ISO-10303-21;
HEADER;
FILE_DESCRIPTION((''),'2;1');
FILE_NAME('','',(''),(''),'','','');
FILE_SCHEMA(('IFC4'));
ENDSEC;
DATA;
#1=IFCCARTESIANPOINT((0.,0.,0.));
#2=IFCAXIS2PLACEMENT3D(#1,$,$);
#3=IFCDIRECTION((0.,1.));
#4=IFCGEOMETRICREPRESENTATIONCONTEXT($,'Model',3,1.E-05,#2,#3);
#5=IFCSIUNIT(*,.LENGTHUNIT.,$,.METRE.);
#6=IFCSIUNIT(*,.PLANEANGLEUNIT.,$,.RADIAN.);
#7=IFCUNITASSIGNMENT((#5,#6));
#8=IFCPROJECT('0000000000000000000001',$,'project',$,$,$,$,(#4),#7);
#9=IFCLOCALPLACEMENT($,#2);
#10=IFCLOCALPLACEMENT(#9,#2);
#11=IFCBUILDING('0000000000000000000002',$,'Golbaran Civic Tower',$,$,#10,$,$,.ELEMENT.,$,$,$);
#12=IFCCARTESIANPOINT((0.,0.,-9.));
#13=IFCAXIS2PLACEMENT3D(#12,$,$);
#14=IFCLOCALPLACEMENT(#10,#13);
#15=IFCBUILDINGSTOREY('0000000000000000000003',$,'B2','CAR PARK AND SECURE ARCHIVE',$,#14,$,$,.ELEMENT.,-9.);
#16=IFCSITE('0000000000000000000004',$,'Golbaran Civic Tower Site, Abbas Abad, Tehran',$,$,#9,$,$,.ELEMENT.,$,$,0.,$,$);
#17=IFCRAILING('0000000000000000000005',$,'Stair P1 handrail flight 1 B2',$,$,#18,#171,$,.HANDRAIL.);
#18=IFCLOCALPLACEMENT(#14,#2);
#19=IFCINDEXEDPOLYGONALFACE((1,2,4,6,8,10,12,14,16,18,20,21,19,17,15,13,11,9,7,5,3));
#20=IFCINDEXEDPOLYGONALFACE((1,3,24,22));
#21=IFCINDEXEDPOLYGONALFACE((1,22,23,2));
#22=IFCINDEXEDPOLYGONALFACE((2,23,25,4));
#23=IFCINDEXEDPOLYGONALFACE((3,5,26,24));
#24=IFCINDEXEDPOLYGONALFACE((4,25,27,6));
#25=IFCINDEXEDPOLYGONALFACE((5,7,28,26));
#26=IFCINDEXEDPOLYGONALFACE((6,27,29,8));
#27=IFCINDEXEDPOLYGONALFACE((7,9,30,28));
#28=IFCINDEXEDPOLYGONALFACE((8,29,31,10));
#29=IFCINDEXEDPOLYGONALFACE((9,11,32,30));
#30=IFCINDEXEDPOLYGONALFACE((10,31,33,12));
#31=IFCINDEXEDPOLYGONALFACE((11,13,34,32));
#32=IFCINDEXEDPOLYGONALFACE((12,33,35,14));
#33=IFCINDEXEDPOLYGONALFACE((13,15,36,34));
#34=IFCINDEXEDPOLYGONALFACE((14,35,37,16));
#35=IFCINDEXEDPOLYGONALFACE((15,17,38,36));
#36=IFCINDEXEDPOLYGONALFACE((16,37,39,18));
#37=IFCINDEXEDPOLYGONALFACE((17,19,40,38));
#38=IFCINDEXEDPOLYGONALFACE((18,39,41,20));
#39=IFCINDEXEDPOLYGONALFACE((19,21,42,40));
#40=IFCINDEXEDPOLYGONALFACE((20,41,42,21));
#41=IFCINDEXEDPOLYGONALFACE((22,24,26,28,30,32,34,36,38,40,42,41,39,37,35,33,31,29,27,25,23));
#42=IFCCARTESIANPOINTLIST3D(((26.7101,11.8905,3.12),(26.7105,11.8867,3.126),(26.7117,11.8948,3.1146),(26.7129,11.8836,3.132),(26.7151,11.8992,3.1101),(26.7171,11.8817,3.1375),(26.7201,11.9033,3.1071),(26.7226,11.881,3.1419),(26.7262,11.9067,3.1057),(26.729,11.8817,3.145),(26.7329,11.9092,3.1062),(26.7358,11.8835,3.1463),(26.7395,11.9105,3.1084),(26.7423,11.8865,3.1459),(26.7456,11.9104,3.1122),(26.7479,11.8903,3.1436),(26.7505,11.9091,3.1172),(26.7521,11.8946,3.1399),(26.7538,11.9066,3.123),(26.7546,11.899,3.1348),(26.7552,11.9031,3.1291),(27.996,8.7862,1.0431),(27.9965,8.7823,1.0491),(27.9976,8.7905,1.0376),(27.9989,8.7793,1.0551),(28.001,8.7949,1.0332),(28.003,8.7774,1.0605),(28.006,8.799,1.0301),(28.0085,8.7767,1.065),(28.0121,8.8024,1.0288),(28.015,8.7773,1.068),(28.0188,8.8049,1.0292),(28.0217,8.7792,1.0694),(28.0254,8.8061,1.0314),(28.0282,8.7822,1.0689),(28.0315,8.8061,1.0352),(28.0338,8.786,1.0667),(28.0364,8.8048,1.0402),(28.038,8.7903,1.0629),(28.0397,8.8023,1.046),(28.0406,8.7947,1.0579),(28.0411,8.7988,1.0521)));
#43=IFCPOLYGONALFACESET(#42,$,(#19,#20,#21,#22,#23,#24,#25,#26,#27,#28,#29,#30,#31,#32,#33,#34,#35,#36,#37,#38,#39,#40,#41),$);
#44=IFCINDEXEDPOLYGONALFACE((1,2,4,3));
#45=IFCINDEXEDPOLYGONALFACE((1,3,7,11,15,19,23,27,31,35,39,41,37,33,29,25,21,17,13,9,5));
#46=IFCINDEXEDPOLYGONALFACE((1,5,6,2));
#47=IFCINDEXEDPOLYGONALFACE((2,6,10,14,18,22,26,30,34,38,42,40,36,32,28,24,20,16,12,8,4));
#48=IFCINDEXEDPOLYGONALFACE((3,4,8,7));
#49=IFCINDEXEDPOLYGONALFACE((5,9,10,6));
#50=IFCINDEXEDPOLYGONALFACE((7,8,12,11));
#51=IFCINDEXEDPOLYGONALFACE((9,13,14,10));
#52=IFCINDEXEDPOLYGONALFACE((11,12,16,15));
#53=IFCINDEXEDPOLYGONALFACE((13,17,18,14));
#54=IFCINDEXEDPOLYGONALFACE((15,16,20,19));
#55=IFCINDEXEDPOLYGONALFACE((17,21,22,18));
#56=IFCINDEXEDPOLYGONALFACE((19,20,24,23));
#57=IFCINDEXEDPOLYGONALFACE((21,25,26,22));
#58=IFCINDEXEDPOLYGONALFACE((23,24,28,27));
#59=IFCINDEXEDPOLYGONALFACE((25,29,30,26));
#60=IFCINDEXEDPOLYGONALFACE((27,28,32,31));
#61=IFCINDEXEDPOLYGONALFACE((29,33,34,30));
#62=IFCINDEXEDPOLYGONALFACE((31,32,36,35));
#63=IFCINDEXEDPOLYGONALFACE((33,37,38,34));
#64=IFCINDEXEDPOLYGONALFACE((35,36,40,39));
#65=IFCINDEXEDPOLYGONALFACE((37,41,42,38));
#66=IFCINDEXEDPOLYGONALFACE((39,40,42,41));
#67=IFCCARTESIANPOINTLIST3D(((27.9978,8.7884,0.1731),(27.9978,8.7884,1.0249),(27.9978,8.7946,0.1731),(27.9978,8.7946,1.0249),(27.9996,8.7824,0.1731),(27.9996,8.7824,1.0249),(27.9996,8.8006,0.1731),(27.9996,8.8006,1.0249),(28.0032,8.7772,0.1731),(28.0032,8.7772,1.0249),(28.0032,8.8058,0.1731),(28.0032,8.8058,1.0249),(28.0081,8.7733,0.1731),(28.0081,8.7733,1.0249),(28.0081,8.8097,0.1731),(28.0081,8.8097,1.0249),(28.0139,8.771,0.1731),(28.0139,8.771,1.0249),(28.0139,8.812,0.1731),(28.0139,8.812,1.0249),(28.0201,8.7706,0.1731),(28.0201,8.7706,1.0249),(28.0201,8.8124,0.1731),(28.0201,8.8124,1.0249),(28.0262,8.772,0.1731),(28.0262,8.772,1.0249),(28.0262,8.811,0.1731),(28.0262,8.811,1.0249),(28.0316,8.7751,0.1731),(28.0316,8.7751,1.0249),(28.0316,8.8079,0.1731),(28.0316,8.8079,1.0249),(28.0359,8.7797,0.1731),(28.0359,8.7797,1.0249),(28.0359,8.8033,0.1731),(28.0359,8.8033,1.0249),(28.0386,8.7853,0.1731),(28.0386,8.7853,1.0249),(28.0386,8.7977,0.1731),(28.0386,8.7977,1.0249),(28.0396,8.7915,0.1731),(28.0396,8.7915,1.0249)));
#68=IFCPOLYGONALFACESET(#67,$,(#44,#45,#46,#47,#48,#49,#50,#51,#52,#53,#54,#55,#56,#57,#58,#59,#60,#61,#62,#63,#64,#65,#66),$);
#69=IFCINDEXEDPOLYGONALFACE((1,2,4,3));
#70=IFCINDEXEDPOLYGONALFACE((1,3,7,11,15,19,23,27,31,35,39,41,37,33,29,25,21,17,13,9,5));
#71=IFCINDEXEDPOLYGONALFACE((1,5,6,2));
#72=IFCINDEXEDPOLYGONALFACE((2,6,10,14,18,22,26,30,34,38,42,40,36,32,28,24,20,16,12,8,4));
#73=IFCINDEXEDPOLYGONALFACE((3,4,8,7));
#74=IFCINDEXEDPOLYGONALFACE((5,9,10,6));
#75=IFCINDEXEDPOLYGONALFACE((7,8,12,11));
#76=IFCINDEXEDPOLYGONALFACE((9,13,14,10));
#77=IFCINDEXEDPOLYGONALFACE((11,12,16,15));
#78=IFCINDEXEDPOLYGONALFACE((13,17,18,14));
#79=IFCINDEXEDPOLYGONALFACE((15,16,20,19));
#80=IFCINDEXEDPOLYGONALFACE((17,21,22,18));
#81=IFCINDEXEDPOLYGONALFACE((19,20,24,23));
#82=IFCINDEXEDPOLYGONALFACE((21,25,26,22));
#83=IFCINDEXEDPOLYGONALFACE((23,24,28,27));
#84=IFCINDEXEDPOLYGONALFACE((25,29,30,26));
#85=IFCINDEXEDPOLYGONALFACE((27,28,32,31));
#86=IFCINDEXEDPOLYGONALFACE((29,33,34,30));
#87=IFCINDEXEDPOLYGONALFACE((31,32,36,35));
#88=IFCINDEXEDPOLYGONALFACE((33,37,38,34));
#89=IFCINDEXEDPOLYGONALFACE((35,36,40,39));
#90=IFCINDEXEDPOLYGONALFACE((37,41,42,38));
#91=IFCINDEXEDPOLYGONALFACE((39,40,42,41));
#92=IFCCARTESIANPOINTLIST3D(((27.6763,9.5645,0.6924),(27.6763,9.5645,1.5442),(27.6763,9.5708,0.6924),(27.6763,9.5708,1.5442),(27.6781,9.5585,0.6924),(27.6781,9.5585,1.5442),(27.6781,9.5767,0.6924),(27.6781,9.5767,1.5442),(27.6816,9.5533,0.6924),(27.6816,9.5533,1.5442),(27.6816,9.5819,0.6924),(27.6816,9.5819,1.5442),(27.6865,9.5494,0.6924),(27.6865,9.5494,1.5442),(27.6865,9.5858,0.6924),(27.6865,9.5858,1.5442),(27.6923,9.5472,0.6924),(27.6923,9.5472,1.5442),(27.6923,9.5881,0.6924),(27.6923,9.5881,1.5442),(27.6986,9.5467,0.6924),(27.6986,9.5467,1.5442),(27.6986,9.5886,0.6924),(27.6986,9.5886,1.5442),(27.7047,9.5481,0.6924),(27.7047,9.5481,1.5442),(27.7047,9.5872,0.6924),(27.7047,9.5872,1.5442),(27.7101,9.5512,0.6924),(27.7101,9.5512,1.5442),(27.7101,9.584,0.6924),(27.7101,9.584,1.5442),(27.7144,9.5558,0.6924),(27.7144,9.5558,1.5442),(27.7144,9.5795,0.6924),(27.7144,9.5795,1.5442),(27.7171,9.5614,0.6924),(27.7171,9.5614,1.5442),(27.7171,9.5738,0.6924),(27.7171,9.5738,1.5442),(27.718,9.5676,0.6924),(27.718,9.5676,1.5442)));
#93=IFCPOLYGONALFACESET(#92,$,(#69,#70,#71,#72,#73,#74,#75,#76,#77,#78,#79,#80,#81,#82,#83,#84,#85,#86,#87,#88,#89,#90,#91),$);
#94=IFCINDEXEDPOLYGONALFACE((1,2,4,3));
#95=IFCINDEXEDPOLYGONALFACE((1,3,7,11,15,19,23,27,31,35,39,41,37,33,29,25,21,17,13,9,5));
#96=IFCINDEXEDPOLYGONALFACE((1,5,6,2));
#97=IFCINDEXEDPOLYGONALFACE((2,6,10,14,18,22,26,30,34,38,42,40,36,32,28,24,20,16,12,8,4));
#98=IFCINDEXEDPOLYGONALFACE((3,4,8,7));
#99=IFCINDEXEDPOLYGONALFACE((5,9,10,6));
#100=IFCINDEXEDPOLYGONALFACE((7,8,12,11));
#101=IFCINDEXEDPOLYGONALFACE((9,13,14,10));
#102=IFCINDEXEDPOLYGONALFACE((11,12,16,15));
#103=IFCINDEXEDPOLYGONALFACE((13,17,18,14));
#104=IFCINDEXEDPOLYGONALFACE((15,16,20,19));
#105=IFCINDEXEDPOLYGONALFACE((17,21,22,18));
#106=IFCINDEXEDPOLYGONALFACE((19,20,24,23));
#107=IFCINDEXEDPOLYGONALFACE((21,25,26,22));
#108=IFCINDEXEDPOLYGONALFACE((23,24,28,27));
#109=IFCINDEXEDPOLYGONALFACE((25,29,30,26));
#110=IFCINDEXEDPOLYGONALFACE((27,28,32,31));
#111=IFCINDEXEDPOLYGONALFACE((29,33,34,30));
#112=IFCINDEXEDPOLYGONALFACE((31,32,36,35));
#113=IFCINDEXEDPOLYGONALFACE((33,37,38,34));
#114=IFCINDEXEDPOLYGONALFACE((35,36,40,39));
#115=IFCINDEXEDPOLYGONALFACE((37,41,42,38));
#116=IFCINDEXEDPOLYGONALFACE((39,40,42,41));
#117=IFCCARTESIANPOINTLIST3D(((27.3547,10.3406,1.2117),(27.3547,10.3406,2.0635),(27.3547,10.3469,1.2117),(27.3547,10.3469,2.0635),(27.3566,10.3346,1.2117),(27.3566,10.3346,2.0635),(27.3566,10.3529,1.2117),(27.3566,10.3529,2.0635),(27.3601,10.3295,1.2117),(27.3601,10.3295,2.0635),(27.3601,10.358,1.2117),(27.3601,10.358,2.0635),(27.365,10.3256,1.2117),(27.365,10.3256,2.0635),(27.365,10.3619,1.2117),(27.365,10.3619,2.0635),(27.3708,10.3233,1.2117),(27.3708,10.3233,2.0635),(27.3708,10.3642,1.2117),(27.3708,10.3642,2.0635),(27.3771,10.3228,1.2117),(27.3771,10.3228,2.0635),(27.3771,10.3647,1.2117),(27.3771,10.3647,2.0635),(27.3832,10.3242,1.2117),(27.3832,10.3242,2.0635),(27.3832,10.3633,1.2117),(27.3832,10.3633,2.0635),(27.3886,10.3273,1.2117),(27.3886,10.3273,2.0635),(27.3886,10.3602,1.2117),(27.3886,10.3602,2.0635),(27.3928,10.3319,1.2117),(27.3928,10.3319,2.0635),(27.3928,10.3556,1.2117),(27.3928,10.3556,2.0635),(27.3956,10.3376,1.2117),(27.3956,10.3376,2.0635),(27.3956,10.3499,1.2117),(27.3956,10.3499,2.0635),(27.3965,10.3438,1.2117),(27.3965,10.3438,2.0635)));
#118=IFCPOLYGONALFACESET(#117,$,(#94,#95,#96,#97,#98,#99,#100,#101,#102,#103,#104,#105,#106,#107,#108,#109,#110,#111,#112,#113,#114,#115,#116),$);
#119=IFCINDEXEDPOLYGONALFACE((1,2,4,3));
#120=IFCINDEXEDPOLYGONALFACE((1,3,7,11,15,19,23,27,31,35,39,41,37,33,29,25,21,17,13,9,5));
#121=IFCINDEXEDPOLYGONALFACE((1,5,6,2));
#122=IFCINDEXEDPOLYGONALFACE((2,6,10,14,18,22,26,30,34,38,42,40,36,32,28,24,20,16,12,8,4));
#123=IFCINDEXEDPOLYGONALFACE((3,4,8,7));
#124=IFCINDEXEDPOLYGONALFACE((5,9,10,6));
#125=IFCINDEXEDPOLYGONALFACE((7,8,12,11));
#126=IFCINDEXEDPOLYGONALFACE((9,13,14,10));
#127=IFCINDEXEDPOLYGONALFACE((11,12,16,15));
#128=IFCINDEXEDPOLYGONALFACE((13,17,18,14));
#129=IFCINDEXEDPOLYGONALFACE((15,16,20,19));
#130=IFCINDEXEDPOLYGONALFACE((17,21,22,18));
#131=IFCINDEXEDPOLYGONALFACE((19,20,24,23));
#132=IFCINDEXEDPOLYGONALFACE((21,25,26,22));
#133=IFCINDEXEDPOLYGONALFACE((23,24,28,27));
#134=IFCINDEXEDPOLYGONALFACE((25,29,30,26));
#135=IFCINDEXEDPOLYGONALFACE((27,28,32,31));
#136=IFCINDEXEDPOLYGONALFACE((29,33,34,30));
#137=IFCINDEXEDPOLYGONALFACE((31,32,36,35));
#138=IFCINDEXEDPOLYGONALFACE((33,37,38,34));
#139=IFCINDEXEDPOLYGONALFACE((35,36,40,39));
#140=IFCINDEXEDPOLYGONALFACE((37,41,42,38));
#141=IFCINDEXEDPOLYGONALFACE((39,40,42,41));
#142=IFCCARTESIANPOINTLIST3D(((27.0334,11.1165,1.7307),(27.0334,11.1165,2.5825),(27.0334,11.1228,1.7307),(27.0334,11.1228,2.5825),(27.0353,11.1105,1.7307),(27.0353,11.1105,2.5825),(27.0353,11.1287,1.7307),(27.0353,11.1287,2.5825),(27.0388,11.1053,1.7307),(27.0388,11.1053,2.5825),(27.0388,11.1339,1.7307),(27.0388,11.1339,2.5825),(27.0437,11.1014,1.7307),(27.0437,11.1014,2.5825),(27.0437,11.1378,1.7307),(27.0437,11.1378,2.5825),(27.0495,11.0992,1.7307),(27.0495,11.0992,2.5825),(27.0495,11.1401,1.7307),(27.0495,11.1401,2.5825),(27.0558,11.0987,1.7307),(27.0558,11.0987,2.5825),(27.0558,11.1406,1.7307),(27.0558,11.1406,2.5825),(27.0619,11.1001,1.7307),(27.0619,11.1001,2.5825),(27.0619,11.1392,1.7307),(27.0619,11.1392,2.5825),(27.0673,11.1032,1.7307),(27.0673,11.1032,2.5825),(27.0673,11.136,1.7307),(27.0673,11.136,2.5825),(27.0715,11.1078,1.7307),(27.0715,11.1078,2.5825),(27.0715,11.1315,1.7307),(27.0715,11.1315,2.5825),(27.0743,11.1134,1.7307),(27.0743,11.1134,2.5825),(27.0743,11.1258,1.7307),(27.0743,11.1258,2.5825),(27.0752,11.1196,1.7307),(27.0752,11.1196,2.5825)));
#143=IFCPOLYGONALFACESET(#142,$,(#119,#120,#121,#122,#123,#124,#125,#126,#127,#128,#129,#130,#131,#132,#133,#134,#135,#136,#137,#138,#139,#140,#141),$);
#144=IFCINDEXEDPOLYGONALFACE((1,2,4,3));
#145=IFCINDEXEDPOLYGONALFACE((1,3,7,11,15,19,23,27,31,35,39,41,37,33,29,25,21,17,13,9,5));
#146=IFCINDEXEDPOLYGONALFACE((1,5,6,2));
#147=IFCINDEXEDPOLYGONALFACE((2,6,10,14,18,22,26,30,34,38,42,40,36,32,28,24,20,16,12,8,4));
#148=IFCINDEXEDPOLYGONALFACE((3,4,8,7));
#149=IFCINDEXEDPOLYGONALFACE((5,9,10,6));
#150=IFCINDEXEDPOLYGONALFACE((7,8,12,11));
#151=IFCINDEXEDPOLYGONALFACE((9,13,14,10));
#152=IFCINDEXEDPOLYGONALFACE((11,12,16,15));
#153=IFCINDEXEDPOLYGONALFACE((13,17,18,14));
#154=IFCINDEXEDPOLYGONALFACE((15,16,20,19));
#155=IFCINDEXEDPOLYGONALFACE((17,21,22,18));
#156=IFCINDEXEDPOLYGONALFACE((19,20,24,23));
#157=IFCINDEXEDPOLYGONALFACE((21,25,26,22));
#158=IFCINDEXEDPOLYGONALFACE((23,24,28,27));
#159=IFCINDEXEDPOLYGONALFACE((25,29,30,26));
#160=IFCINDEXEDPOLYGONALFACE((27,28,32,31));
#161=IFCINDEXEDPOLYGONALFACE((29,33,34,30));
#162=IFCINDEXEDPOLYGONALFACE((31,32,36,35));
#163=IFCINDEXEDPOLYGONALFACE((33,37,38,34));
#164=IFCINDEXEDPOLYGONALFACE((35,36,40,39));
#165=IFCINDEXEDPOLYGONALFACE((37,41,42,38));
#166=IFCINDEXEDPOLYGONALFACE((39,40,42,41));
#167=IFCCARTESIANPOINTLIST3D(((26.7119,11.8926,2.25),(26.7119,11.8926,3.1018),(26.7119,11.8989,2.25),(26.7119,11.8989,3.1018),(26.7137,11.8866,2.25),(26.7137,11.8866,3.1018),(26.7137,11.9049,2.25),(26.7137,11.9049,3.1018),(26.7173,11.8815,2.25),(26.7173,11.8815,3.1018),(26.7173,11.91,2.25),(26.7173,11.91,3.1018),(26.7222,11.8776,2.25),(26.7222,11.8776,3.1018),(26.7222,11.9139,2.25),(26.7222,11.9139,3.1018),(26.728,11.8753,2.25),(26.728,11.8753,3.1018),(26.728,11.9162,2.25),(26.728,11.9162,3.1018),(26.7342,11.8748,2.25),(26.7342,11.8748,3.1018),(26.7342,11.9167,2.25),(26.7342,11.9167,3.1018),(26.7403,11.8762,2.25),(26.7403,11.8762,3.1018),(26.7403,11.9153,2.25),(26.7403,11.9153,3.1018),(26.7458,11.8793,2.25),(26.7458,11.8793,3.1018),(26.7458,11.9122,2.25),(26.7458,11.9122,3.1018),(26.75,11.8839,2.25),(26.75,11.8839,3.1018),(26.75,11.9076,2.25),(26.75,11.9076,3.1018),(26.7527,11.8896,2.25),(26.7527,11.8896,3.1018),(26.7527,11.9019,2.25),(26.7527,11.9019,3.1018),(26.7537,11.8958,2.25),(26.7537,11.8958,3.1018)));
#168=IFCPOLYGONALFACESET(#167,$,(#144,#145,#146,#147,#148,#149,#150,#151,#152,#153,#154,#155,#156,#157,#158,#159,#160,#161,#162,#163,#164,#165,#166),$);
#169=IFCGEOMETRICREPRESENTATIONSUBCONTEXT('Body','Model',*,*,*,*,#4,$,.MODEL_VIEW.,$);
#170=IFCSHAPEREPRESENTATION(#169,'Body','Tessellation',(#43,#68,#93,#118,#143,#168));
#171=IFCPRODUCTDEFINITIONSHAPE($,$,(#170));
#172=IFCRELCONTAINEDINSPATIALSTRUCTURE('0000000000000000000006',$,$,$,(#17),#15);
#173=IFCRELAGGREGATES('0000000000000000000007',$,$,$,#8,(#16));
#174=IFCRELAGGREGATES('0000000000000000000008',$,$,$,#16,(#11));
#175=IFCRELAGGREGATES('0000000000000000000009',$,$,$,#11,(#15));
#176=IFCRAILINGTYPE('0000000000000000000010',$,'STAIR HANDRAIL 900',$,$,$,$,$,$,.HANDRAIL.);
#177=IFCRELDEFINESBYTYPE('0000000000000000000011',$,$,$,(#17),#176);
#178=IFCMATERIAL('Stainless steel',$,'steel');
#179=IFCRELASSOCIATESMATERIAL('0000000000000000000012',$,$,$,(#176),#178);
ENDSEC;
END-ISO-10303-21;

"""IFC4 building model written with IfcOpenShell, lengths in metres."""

from ifc_helpers import new_model, si_unit, direction, frame, origin, origin_2d, place, context, subcontext, project, spatial, circle, extrude, material, type_object, element, save


model = new_model("IFC4")

# Units and contexts
model_context = context("Model", 3, precision=1e-05, world=origin(), true_north=direction((0.0, 1.0)))
body_context = subcontext(model_context, "Body", "Model", "MODEL_VIEW")
ifc_project = project(units=[si_unit("LENGTHUNIT", "METRE"), si_unit("PLANEANGLEUNIT", "RADIAN")], contexts=[model_context])

# Site, building, storey
site_placement = place(None, origin())
site = spatial("IfcSite", under=ifc_project, at=site_placement, Name="Golbaran Civic Tower Site, Abbas Abad, Tehran", CompositionType="ELEMENT", RefElevation=0.0)
building_placement = place(site_placement, origin())
building = spatial("IfcBuilding", under=site, at=building_placement, Name="Golbaran Civic Tower", CompositionType="ELEMENT")
storey_placement = place(building_placement, frame((0.0, 0.0, -9.0)))
storey = spatial("IfcBuildingStorey", under=building, at=storey_placement, Name="B2", Description="CAR PARK AND SECURE ARCHIVE", CompositionType="ELEMENT", Elevation=-9.0)

# Railing
ifc_material_1 = material(Name="Stainless steel", Category="steel")
railing_type_1 = type_object("IfcRailingType", Name="STAIR HANDRAIL 900", PredefinedType="HANDRAIL", material=ifc_material_1)
railing_1_placement = place(storey_placement, frame((28.0186, 8.7915, 0.1731)))
element("IfcRailing", 1, at=railing_1_placement, inside=storey, type_object=railing_type_1, Name="Stair P1 handrail flight 1 B2", PredefinedType="HANDRAIL", context=body_context, shape_type="SweptSolid", body=[
    extrude(circle(Radius=0.0239, at=origin_2d()), frame((0.0, 0.0, 0.876), z_axis=(-0.325532, 0.785863, 0.525783), x_axis=(-0.923872, -0.3827, 0.0)), (0.0, 0.0, 1.0), 3.9502),
    extrude(circle(Radius=0.021, at=origin_2d()), origin(), (0.0, 0.0, 1.0), 0.8518),
    extrude(circle(Radius=0.021, at=origin_2d()), frame((-0.3215, 0.7761, 0.5193)), (0.0, 0.0, 1.0), 0.8518),
    extrude(circle(Radius=0.021, at=origin_2d()), frame((-0.6431, 1.5522, 1.0386)), (0.0, 0.0, 1.0), 0.8518),
    extrude(circle(Radius=0.021, at=origin_2d()), frame((-0.9644, 2.3281, 1.5576)), (0.0, 0.0, 1.0), 0.8518),
    extrude(circle(Radius=0.021, at=origin_2d()), frame((-1.2859, 3.1042, 2.0769)), (0.0, 0.0, 1.0), 0.8518),
])

save(model, "model.ifc")
